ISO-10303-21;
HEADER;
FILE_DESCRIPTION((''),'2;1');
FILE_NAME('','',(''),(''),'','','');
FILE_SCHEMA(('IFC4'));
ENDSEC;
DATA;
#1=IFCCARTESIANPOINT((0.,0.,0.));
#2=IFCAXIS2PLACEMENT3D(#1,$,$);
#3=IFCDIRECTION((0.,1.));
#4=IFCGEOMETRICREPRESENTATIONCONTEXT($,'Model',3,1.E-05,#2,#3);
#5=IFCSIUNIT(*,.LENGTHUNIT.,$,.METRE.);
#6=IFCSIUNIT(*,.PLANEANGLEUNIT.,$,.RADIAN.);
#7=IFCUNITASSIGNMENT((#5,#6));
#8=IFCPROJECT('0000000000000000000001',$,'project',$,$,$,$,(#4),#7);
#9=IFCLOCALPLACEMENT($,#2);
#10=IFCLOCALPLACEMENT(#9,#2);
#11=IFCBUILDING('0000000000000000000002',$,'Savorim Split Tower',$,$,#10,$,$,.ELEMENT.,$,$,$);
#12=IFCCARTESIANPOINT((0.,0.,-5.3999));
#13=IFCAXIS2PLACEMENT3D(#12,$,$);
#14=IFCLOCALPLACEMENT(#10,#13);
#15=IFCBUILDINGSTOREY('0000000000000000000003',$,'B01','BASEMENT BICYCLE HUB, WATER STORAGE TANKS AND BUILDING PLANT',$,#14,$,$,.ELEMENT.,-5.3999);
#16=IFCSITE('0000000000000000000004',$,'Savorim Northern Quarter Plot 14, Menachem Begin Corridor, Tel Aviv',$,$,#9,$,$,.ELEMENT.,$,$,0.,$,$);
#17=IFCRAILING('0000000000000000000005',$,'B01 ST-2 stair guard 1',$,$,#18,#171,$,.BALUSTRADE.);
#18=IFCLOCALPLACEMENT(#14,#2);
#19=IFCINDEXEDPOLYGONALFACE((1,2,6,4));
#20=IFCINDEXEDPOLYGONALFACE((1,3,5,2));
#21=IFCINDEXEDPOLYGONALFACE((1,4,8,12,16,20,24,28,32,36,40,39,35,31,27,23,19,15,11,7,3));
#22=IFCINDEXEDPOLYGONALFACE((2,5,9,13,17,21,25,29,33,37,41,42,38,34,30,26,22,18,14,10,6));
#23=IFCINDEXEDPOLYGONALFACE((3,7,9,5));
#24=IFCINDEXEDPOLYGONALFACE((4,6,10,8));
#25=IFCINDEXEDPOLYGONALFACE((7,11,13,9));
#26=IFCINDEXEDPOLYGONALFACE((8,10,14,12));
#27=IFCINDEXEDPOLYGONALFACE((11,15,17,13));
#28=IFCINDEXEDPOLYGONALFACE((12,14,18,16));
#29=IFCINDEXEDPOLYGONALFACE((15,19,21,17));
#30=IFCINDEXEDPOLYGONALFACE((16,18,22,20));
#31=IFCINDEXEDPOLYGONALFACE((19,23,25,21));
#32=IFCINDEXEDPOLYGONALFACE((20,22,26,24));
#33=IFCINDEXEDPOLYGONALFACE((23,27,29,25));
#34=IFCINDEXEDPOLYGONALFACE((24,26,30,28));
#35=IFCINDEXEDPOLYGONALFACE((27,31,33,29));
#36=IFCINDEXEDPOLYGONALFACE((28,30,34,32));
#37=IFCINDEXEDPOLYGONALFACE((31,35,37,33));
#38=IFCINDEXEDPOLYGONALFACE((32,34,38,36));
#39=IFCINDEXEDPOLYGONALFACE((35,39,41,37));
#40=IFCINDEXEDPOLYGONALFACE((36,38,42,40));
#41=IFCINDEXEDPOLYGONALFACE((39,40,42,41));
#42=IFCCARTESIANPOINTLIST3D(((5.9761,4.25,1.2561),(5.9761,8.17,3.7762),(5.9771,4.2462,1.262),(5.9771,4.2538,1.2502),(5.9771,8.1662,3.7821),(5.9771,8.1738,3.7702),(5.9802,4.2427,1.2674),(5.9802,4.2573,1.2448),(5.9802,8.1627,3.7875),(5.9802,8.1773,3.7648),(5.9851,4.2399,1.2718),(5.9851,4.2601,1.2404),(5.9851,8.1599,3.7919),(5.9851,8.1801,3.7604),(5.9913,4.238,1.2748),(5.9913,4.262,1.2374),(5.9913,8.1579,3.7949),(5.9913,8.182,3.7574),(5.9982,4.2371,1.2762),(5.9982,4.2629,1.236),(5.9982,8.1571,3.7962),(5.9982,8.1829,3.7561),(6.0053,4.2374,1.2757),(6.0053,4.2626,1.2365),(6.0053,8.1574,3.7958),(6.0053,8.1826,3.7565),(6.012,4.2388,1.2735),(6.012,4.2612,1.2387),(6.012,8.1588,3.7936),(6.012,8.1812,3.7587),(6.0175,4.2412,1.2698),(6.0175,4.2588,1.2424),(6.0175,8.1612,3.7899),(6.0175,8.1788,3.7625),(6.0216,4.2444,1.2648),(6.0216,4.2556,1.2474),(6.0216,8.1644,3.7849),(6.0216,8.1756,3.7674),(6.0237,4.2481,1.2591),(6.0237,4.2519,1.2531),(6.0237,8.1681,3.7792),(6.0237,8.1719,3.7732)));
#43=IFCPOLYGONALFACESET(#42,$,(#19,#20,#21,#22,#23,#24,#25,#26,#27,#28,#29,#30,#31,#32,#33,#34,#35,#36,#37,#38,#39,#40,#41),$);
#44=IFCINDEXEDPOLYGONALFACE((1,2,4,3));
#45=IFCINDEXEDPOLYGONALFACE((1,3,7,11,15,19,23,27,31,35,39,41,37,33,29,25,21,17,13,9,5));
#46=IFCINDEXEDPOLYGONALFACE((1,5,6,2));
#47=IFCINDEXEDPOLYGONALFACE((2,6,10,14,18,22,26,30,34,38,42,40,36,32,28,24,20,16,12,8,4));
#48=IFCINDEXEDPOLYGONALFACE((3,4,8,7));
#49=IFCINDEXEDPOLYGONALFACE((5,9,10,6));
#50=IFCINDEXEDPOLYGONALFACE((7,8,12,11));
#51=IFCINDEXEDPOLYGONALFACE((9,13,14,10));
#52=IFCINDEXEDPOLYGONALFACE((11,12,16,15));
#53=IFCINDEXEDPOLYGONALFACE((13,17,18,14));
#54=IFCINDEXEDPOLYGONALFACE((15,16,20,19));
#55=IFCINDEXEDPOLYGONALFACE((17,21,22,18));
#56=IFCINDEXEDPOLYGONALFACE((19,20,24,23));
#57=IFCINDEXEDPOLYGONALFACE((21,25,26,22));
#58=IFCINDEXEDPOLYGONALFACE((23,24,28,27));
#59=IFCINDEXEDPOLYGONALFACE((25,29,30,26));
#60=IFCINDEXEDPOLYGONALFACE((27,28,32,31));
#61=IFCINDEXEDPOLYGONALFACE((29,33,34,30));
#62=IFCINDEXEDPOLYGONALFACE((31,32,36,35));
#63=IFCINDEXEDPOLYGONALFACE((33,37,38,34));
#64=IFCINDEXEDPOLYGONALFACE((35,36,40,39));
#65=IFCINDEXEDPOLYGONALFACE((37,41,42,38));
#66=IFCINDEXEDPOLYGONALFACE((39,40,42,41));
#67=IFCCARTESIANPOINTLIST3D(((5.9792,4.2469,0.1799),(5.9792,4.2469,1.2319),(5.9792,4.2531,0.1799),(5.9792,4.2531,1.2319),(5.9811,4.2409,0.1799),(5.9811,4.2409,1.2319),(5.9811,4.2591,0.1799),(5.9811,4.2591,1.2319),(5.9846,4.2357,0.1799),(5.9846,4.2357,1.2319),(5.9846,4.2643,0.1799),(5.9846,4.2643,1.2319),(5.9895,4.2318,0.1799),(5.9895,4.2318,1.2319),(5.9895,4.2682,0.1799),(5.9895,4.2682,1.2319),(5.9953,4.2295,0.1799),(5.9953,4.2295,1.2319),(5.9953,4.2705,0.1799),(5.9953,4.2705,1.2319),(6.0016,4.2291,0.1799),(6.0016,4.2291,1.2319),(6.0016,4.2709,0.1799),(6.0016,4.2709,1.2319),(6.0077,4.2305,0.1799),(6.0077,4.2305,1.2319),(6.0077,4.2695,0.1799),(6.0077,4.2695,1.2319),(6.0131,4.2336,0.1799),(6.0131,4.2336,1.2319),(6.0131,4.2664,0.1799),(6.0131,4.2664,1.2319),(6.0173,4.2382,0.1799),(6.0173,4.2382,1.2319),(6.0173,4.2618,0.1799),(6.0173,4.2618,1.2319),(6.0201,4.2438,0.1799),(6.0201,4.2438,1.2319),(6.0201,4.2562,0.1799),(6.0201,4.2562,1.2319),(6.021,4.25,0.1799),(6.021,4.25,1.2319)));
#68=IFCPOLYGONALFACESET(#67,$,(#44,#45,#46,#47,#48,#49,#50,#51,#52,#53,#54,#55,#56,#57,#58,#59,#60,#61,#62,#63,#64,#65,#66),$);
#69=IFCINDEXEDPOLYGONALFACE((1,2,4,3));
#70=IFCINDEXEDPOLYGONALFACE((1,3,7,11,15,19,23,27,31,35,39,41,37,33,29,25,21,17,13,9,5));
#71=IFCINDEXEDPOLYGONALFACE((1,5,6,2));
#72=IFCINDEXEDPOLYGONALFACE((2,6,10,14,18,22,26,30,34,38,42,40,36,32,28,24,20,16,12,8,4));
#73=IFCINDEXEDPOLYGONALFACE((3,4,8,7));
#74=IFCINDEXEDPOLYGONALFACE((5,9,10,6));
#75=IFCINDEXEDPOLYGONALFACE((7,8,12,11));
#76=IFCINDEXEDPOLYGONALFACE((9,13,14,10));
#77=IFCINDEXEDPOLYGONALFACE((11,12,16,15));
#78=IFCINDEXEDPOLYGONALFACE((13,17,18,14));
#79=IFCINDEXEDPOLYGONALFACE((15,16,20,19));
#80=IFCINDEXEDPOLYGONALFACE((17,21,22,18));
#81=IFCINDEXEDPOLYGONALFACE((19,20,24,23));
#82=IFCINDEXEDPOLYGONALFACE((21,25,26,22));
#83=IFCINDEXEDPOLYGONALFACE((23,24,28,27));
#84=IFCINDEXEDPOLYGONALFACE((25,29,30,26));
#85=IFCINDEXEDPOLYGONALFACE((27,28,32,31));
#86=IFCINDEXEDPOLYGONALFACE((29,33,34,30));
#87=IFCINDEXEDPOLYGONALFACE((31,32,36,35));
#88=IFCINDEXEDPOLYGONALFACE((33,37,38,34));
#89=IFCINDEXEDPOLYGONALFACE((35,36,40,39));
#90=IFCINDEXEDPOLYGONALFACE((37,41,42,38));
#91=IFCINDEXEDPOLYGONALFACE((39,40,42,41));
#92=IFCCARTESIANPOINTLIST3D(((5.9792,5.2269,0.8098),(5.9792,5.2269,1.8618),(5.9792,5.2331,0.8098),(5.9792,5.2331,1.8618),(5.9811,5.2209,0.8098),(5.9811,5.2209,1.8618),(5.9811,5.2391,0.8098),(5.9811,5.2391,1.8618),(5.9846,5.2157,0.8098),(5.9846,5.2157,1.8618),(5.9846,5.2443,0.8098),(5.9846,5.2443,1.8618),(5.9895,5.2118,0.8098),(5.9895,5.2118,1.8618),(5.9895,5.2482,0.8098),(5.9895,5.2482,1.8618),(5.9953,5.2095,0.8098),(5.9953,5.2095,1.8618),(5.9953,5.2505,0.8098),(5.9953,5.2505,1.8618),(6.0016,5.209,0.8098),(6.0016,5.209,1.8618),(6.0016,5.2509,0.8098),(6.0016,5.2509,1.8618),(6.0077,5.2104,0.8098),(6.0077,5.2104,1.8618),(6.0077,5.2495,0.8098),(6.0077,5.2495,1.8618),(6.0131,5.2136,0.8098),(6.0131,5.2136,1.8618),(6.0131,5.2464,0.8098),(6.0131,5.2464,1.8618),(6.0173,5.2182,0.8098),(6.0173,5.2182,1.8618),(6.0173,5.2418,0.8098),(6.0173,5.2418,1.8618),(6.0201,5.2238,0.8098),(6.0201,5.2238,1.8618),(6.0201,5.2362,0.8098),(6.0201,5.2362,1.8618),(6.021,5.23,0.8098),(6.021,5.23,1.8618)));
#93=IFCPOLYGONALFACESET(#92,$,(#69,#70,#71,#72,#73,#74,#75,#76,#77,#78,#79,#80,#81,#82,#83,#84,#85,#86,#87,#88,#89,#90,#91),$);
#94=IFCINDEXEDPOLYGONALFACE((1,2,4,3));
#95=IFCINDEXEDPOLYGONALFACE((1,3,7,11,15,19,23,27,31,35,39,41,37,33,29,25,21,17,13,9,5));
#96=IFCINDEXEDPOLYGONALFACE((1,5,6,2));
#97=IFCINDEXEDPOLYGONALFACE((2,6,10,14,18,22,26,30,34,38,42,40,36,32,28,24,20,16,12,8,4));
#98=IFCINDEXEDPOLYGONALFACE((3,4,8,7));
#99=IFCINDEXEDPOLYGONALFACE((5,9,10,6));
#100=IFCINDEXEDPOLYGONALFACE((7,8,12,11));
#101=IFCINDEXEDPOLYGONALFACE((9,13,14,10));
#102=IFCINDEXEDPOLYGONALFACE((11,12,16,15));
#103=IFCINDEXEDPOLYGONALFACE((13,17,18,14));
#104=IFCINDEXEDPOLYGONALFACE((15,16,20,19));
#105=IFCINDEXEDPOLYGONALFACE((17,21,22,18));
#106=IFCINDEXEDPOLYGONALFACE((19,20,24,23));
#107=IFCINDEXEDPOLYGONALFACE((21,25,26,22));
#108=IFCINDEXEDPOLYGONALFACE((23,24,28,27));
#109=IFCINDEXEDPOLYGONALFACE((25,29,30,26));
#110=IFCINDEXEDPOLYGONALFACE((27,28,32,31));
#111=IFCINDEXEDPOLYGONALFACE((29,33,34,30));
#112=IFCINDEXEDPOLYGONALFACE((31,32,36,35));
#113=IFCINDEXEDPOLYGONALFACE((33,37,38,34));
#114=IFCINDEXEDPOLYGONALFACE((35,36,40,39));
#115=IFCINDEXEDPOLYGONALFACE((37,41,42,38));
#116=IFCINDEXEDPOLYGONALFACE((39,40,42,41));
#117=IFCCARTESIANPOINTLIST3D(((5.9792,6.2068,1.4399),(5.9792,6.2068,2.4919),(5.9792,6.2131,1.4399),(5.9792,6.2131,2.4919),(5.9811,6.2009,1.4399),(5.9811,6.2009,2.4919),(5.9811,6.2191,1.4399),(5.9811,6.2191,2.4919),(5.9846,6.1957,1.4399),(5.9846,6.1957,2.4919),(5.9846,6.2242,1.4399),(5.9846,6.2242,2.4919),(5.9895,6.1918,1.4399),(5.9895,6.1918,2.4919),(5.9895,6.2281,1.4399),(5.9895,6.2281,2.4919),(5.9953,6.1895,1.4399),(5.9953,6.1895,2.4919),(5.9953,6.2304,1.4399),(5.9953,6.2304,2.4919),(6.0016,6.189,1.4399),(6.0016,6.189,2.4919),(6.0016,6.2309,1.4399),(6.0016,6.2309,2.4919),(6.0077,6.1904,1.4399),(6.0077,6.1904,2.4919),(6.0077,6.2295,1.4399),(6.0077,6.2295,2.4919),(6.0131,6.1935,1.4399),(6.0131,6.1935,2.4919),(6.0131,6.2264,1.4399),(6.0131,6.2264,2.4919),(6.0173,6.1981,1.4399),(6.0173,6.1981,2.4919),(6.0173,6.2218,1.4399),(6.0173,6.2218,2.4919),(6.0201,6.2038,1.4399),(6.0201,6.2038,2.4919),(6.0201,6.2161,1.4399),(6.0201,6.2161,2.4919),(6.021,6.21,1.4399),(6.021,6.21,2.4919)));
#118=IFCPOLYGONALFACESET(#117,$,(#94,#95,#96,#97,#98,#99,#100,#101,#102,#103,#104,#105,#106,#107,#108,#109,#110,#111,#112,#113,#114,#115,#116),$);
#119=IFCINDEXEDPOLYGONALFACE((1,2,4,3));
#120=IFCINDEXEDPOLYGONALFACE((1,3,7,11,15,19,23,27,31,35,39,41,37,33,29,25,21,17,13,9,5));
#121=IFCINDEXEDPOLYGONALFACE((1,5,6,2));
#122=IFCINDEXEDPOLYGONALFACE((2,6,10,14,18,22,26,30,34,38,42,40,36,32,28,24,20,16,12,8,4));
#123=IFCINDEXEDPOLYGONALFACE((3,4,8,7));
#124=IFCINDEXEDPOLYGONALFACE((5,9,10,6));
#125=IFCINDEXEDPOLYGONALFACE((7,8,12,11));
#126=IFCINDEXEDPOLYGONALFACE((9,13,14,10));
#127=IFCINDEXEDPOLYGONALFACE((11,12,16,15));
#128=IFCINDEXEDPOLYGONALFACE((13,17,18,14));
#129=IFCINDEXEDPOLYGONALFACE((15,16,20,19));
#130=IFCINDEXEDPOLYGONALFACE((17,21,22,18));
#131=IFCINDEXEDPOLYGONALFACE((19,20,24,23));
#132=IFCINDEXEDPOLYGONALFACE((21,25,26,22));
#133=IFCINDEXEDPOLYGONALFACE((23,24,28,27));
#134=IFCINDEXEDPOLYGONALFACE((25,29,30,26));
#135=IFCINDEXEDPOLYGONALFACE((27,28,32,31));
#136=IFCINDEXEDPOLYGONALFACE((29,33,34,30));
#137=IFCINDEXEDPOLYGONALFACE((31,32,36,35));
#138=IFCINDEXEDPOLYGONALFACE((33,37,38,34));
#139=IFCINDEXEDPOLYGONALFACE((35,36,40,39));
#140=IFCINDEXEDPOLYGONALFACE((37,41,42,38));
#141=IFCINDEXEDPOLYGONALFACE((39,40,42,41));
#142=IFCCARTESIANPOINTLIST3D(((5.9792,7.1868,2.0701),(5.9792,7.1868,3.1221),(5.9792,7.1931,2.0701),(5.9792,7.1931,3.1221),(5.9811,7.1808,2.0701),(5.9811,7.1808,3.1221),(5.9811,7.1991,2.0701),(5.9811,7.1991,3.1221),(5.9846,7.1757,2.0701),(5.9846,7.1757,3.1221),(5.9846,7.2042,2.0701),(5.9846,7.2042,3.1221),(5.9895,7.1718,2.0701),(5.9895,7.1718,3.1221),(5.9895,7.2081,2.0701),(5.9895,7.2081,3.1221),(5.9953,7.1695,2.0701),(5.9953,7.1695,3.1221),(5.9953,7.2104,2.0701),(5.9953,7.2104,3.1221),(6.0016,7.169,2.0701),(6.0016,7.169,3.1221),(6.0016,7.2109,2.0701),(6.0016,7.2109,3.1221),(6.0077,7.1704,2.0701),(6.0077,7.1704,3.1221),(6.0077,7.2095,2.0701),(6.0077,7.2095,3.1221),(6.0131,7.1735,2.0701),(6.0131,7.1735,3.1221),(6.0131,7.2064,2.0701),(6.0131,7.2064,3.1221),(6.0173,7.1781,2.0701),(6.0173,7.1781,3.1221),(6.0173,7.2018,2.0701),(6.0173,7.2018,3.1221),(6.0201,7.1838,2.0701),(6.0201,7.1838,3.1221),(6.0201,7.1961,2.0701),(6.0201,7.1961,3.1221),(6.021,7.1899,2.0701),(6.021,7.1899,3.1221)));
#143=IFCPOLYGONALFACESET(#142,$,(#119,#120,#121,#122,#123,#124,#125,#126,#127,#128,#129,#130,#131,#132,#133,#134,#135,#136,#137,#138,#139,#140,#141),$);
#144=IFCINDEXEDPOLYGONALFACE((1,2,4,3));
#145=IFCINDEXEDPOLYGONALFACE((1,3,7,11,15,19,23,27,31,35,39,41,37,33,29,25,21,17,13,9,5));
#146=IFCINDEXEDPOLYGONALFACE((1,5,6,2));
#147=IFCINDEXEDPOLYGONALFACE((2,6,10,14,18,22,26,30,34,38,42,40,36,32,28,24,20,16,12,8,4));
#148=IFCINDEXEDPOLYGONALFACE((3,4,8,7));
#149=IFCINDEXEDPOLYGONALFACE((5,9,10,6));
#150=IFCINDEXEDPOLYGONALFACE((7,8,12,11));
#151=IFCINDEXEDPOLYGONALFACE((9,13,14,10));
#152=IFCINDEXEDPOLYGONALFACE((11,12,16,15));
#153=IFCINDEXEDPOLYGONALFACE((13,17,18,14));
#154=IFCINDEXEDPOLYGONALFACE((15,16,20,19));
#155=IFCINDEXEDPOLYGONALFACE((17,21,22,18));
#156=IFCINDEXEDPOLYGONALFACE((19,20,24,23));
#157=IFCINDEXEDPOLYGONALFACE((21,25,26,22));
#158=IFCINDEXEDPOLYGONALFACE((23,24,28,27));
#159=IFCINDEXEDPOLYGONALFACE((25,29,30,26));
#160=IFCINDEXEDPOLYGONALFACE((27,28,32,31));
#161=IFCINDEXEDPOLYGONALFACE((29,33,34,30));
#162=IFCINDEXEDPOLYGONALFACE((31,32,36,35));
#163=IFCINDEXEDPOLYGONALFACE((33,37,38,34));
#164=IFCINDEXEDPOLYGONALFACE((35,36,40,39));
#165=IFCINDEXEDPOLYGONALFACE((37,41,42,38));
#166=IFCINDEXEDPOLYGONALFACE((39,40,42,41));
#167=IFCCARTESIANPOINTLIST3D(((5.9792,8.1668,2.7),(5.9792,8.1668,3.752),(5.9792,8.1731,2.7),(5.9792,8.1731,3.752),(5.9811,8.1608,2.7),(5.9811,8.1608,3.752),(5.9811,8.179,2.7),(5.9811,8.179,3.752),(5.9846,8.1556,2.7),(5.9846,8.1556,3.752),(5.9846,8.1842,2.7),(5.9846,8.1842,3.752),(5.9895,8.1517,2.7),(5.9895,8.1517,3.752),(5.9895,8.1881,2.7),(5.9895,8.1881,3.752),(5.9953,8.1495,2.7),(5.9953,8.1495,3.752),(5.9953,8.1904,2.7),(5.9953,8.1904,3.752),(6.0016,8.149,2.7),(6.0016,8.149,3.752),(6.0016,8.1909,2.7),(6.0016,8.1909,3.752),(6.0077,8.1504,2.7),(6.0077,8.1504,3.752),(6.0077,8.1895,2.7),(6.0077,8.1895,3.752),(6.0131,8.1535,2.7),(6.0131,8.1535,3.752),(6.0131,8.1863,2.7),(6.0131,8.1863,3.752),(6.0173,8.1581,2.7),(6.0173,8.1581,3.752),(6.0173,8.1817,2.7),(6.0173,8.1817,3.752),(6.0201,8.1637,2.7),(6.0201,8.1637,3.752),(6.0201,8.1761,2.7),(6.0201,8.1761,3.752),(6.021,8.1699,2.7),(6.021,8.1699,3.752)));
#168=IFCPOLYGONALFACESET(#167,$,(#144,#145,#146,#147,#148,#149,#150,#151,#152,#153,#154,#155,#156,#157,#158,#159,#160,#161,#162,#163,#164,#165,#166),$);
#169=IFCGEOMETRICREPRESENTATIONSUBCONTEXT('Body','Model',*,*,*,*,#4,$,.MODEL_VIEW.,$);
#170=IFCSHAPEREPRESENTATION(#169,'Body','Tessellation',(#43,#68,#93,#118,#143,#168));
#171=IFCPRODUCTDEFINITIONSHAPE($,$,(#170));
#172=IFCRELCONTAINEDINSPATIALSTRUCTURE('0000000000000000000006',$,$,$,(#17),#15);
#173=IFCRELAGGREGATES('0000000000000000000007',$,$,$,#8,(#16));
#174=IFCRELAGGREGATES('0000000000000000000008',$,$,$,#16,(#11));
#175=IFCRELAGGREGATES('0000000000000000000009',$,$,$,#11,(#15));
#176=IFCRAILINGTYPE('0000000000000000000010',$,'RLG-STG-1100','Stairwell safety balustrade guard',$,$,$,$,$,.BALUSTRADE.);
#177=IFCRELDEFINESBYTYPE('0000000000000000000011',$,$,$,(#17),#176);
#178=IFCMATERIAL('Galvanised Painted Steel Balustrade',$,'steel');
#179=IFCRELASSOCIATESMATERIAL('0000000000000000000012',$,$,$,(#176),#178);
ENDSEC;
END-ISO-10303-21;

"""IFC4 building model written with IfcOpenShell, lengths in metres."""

from ifc_helpers import new_model, si_unit, direction, frame, origin, origin_2d, place, context, subcontext, project, spatial, circle, extrude, material, type_object, element, save


model = new_model("IFC4")

# Units and contexts
model_context = context("Model", 3, precision=1e-05, world=origin(), true_north=direction((0.0, 1.0)))
body_context = subcontext(model_context, "Body", "Model", "MODEL_VIEW")
ifc_project = project(units=[si_unit("LENGTHUNIT", "METRE"), si_unit("PLANEANGLEUNIT", "RADIAN")], contexts=[model_context])

# Site, building, storey
site_placement = place(None, origin())
site = spatial("IfcSite", under=ifc_project, at=site_placement, Name="Savorim Northern Quarter Plot 14, Menachem Begin Corridor, Tel Aviv", CompositionType="ELEMENT", RefElevation=0.0)
building_placement = place(site_placement, origin())
building = spatial("IfcBuilding", under=site, at=building_placement, Name="Savorim Split Tower", CompositionType="ELEMENT")
storey_placement = place(building_placement, frame((0.0, 0.0, -5.3999)))
storey = spatial("IfcBuildingStorey", under=building, at=storey_placement, Name="B01", Description="BASEMENT BICYCLE HUB, WATER STORAGE TANKS AND BUILDING PLANT", CompositionType="ELEMENT", Elevation=-5.3999)

# Railing
ifc_material_1 = material(Name="Galvanised Painted Steel Balustrade", Category="steel")
railing_type_1 = type_object("IfcRailingType", Name="RLG-STG-1100", Description="Stairwell safety balustrade guard", PredefinedType="BALUSTRADE", material=ifc_material_1)
railing_1_placement = place(storey_placement, frame((6.0, 4.25, 0.1799)))
element("IfcRailing", 1, at=railing_1_placement, inside=storey, type_object=railing_type_1, Name="B01 ST-2 stair guard 1", PredefinedType="BALUSTRADE", context=body_context, shape_type="SweptSolid", body=[
    extrude(circle(Radius=0.0239, at=origin_2d()), frame((0.0, 0.0, 1.0762), z_axis=(0.0, 0.841172, 0.540768), x_axis=(-1.0, 0.0, 0.0)), (0.0, 0.0, 1.0), 4.6602),
    extrude(circle(Radius=0.021, at=origin_2d()), origin(), (0.0, 0.0, 1.0), 1.052),
    extrude(circle(Radius=0.021, at=origin_2d()), frame((0.0, 0.98, 0.6299)), (0.0, 0.0, 1.0), 1.052),
    extrude(circle(Radius=0.021, at=origin_2d()), frame((0.0, 1.96, 1.26)), (0.0, 0.0, 1.0), 1.052),
    extrude(circle(Radius=0.021, at=origin_2d()), frame((0.0, 2.9399, 1.8901)), (0.0, 0.0, 1.0), 1.052),
    extrude(circle(Radius=0.021, at=origin_2d()), frame((0.0, 3.9199, 2.52)), (0.0, 0.0, 1.0), 1.052),
])

save(model, "model.ifc")
